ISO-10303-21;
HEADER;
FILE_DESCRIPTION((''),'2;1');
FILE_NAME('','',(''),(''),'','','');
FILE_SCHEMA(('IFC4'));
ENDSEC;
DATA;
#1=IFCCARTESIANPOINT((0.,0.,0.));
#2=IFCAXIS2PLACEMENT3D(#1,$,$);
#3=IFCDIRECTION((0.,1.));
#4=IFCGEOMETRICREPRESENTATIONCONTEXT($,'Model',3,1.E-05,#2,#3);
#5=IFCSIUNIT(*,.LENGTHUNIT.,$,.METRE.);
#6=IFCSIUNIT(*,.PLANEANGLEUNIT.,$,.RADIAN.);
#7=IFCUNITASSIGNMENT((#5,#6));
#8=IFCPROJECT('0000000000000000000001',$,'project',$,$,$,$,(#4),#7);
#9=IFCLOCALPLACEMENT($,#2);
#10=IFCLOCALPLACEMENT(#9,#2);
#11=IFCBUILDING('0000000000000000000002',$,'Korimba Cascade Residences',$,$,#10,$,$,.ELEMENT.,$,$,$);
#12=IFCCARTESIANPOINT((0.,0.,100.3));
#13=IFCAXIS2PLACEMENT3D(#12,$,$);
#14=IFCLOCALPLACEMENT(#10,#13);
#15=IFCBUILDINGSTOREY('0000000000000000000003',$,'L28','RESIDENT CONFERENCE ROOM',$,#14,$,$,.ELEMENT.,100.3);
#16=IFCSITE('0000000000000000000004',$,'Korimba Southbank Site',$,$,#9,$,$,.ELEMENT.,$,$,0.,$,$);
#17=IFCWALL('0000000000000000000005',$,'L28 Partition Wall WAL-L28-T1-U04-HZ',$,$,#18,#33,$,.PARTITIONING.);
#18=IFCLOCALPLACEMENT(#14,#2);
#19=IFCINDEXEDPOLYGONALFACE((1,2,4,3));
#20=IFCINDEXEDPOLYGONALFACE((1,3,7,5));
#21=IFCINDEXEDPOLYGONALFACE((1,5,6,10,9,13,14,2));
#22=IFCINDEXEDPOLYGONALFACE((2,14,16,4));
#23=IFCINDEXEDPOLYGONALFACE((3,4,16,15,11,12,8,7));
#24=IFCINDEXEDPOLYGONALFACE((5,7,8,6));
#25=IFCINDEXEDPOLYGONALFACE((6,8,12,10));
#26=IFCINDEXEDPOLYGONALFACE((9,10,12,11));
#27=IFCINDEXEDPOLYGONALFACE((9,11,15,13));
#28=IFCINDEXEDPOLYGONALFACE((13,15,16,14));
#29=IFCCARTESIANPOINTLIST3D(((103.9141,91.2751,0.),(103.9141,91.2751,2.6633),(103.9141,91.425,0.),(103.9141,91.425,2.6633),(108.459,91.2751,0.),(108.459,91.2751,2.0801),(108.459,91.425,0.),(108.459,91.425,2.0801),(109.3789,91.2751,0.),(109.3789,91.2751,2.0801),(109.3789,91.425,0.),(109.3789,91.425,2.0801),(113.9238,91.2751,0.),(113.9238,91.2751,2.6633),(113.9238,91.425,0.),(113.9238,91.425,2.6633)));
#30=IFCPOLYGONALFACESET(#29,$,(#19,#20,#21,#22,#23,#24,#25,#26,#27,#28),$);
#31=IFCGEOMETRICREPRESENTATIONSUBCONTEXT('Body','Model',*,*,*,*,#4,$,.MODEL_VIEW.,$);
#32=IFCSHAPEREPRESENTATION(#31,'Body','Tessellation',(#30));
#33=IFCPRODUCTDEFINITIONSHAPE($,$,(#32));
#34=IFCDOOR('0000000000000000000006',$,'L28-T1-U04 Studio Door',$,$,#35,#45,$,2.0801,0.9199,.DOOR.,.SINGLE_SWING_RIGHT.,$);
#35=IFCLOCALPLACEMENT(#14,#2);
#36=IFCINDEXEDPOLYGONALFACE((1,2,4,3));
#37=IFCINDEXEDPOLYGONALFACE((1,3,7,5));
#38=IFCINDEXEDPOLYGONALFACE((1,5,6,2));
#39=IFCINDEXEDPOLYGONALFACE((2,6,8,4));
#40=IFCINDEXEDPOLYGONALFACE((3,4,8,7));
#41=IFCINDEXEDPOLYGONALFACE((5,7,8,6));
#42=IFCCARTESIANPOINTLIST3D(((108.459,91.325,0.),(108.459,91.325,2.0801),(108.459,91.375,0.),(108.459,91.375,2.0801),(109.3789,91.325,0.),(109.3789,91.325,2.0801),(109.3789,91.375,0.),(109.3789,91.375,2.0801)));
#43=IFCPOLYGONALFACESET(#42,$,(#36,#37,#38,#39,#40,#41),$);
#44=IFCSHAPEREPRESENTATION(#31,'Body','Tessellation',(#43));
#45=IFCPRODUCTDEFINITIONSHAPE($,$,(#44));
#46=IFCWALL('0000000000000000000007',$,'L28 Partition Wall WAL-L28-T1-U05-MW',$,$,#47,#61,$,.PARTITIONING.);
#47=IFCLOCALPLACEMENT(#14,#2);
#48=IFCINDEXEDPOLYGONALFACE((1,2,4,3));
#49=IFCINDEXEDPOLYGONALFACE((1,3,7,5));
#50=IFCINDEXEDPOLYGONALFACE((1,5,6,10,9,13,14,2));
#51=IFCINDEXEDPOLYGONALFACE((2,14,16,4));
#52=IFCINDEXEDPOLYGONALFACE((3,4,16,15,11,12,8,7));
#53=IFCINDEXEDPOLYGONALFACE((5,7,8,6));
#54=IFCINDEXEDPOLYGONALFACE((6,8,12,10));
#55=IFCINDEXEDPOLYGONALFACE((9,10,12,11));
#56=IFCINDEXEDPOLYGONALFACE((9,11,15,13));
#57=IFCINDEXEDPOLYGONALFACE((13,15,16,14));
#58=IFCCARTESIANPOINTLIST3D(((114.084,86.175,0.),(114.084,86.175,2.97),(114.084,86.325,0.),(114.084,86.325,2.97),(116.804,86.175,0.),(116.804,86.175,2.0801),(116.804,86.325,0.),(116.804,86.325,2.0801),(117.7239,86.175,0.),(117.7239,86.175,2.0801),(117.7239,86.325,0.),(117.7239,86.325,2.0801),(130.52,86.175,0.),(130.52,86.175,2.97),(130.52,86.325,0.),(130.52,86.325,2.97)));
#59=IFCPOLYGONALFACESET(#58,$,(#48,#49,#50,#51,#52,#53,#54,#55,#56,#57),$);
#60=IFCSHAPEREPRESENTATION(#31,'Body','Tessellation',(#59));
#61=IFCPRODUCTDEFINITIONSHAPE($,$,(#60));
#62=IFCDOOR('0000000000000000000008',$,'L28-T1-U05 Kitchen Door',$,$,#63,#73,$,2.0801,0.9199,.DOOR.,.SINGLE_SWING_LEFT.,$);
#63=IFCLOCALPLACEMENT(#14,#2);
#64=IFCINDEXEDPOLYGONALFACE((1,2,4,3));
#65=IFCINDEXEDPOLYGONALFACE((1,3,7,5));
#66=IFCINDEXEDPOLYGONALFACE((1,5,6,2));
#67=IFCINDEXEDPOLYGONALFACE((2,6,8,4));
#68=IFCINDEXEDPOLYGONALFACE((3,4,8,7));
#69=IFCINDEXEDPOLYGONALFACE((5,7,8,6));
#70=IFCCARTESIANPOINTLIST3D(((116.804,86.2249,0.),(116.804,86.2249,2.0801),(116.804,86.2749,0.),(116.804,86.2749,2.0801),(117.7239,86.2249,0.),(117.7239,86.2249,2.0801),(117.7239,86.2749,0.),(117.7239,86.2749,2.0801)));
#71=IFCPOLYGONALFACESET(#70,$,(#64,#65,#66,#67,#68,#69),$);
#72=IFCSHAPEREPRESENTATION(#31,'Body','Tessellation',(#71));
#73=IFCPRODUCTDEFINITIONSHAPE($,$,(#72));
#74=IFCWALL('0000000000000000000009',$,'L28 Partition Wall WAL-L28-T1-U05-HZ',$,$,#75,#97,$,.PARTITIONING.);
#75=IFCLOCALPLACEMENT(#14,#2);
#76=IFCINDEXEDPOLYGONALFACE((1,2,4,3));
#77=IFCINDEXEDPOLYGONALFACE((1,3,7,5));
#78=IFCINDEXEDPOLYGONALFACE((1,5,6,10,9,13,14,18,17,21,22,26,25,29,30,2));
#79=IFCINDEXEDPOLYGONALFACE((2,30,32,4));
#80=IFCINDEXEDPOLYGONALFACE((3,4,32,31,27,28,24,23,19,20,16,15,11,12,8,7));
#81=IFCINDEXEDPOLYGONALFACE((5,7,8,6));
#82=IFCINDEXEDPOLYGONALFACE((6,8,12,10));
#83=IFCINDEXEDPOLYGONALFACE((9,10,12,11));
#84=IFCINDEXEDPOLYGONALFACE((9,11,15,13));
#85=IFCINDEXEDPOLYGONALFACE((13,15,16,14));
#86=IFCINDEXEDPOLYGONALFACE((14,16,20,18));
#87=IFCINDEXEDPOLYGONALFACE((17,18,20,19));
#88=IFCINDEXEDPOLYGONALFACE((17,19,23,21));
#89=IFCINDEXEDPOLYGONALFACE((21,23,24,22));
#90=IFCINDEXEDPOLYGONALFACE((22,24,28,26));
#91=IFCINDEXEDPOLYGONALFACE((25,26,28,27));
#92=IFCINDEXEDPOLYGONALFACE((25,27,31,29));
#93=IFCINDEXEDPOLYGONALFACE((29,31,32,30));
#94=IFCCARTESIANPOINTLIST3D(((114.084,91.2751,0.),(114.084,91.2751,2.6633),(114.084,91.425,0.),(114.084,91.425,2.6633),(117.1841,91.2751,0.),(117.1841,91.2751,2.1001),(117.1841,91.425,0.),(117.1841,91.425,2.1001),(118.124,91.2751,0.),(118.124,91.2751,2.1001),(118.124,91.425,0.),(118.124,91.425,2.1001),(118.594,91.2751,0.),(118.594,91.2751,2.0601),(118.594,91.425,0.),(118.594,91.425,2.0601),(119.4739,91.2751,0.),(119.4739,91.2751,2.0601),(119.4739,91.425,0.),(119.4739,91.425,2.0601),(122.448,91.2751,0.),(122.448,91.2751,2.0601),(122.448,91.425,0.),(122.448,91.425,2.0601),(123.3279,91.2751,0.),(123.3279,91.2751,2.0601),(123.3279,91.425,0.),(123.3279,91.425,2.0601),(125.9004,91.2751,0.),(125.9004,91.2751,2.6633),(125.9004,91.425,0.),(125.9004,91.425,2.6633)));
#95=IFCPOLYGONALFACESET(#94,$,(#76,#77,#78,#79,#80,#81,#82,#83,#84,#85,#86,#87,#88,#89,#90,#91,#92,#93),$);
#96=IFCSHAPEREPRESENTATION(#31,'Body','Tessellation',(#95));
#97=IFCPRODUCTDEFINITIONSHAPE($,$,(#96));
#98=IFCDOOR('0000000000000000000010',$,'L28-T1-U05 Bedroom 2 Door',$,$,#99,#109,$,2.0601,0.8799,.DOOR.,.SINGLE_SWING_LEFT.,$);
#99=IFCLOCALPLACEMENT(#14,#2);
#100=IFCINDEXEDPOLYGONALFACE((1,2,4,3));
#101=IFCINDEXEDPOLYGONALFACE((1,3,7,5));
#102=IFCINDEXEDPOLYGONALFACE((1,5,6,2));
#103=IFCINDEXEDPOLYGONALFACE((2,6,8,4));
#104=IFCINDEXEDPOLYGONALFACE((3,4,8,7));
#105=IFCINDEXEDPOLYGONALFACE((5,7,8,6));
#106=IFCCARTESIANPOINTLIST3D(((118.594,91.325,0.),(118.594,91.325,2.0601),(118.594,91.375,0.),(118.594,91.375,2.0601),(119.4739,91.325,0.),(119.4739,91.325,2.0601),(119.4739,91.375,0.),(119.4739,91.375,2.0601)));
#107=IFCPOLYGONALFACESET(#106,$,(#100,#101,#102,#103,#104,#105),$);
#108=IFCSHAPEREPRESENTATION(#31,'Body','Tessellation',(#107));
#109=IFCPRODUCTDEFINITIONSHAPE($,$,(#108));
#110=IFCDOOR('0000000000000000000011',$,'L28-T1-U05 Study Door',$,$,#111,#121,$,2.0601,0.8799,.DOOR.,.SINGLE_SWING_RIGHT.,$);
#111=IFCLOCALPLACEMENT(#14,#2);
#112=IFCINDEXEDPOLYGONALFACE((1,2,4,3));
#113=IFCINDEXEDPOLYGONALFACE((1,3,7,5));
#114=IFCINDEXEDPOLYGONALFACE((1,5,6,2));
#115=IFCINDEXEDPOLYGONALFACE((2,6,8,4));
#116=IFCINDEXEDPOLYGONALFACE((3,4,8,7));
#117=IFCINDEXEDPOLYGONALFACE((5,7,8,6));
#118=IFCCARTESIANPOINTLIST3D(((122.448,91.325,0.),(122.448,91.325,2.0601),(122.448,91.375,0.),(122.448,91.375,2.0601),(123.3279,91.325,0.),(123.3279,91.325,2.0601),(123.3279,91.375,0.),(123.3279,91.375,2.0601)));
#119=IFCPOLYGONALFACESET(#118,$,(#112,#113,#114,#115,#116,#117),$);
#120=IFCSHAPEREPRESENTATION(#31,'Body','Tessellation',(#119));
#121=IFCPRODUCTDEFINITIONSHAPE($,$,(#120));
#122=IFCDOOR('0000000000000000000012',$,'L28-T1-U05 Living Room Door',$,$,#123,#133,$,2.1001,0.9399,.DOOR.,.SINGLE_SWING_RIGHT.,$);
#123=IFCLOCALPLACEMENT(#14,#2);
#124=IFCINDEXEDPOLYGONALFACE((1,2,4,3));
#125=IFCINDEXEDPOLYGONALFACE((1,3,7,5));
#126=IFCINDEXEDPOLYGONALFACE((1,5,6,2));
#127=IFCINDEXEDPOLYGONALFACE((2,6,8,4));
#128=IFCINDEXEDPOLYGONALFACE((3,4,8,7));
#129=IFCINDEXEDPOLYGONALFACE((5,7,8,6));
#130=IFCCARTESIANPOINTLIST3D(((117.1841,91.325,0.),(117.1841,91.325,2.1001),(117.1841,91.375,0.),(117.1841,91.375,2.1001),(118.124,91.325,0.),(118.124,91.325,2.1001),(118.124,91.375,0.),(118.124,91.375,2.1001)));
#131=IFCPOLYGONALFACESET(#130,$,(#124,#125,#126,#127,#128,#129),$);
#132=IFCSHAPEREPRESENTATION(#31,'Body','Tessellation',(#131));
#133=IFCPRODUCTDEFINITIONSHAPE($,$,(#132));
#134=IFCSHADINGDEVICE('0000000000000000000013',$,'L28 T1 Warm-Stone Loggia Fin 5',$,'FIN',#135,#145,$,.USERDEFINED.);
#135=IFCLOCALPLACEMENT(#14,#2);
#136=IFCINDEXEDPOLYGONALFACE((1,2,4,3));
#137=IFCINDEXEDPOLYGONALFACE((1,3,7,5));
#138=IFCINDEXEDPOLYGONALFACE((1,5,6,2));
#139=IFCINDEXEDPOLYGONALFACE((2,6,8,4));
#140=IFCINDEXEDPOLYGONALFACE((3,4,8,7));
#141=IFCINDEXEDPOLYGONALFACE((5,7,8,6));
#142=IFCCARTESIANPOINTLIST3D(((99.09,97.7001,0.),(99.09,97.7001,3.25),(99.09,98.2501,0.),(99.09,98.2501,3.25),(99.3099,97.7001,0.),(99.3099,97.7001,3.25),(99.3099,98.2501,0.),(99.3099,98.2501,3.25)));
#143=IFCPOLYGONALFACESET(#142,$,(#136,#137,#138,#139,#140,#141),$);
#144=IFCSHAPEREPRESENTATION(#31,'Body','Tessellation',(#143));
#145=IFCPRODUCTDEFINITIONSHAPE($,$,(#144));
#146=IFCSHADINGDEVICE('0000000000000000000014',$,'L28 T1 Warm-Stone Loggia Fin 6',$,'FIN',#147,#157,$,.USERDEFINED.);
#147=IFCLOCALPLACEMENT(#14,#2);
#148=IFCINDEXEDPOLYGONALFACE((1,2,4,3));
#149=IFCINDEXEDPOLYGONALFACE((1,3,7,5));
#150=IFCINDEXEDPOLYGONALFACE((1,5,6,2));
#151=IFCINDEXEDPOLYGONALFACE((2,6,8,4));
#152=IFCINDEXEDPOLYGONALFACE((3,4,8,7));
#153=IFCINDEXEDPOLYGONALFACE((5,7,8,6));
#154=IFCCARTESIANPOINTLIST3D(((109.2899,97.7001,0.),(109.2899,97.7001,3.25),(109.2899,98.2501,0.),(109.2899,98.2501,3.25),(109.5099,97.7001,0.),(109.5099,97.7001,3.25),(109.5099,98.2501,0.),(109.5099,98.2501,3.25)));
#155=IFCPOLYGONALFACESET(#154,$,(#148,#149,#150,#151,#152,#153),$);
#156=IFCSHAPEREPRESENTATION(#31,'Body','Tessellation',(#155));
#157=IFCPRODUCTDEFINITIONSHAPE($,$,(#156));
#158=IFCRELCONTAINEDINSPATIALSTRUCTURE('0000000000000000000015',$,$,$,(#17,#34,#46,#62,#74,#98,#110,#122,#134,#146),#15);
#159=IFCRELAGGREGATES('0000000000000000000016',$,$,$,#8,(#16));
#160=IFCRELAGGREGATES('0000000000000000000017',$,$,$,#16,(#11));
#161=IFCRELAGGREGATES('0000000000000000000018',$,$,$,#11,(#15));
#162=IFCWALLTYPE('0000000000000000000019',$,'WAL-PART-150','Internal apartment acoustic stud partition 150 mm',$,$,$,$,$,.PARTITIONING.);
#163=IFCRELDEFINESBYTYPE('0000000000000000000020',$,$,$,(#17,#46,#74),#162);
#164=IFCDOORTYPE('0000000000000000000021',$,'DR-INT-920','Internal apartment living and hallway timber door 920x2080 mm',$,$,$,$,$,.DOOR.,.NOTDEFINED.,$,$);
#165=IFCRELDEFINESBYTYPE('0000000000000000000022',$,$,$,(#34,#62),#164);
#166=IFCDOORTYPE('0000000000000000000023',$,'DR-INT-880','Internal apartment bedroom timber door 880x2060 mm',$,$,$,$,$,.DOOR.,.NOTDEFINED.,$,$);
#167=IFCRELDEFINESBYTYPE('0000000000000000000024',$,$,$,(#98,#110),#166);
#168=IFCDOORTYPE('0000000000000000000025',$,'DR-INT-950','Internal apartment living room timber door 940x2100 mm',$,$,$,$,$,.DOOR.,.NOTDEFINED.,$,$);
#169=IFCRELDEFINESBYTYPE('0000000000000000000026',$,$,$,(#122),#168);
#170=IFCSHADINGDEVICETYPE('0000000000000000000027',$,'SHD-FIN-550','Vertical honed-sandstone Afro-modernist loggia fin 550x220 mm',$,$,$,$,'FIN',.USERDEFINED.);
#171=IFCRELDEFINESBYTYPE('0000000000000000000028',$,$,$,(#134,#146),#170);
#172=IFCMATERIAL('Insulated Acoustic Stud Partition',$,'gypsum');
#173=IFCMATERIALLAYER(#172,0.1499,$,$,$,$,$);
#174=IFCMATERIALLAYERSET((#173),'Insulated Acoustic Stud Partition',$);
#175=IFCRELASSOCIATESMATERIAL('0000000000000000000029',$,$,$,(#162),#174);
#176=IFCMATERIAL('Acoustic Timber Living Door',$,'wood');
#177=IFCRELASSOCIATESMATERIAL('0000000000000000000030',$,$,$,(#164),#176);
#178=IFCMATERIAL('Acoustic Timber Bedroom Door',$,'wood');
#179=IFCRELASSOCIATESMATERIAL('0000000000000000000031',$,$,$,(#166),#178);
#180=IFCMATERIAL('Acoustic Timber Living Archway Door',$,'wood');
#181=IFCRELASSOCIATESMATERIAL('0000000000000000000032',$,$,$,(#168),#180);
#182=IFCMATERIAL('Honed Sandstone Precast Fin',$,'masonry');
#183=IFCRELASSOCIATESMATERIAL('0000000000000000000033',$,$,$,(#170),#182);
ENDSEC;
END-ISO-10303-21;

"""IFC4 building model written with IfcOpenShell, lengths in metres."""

from ifc_helpers import new_model, si_unit, direction, frame, frame_2d, origin, origin_2d, place, context, subcontext, project, spatial, rectangle, extrude, material, layer, layer_set, type_object, element, fill, save


model = new_model("IFC4")

# Units and contexts
model_context = context("Model", 3, precision=1e-05, world=origin(), true_north=direction((0.0, 1.0)))
body_context = subcontext(model_context, "Body", "Model", "MODEL_VIEW")
ifc_project = project(units=[si_unit("LENGTHUNIT", "METRE"), si_unit("PLANEANGLEUNIT", "RADIAN")], contexts=[model_context])

# Site, building, storey
site_placement = place(None, origin())
site = spatial("IfcSite", under=ifc_project, at=site_placement, Name="Korimba Southbank Site", CompositionType="ELEMENT", RefElevation=0.0)
building_placement = place(site_placement, origin())
building = spatial("IfcBuilding", under=site, at=building_placement, Name="Korimba Cascade Residences", CompositionType="ELEMENT")
storey_placement = place(building_placement, frame((0.0, 0.0, 100.3)))
storey = spatial("IfcBuildingStorey", under=building, at=storey_placement, Name="L28", Description="RESIDENT CONFERENCE ROOM", CompositionType="ELEMENT", Elevation=100.3)

# Walls, openings, doors
ifc_material_1 = material(Name="Insulated Acoustic Stud Partition", Category="gypsum")
ifc_layer = layer(ifc_material_1, 0.1499)
ifc_layer_set = layer_set([ifc_layer], Name="Insulated Acoustic Stud Partition")
wall_type = type_object("IfcWallType", Name="WAL-PART-150", Description="Internal apartment acoustic stud partition 150 mm", PredefinedType="PARTITIONING", material=ifc_layer_set)
wall_1_placement = place(storey_placement, frame((103.9141, 91.3501, 0.0), z_axis=(0.0, 0.0, 1.0), x_axis=(1.0, 0.0, 0.0)))
wall_1 = element("IfcWall", 1, at=wall_1_placement, inside=storey, type_object=wall_type, Name="L28 Partition Wall WAL-L28-T1-U04-HZ", PredefinedType="PARTITIONING", context=body_context, shape_type="SweptSolid", body=[
    extrude(rectangle(XDim=10.0098, YDim=0.1499, at=frame_2d((5.0049, 0.0))), origin(), (0.0, 0.0, 1.0), 2.6633),
])
opening_1_placement = place(wall_1_placement, frame((4.5449, 0.0, 0.0)))
opening_1 = element("IfcOpeningElement", 2, at=opening_1_placement, cuts=wall_1, PredefinedType="OPENING", context=body_context, shape_type="SweptSolid", body=[
    extrude(rectangle(XDim=0.9199, YDim=2.0801, at=frame_2d((0.46, 1.04))), frame((0.0, 0.085, 0.0), z_axis=(0.0, -1.0, 0.0), x_axis=(1.0, 0.0, 0.0)), (0.0, 0.0, 1.0), 0.1699),
])
ifc_material_2 = material(Name="Acoustic Timber Living Door", Category="wood")
door_type_1 = type_object("IfcDoorType", Name="DR-INT-920", Description="Internal apartment living and hallway timber door 920x2080 mm", OperationType="NOTDEFINED", PredefinedType="DOOR", material=ifc_material_2)
door_1_placement = place(opening_1_placement, origin())
door_1 = element("IfcDoor", 3, at=door_1_placement, inside=storey, type_object=door_type_1, Name="L28-T1-U04 Studio Door", OperationType="SINGLE_SWING_RIGHT", OverallHeight=2.0801, OverallWidth=0.9199, PredefinedType="DOOR", context=body_context, shape_type="SweptSolid", body=[
    extrude(rectangle(XDim=0.9199, YDim=2.0801, at=frame_2d((0.46, 1.04))), frame((0.0, 0.0249, 0.0), z_axis=(0.0, -1.0, 0.0), x_axis=(1.0, 0.0, 0.0)), (0.0, 0.0, 1.0), 0.05),
])
fill(opening_1, door_1)
wall_2_placement = place(storey_placement, frame((114.084, 86.25, 0.0), z_axis=(0.0, 0.0, 1.0), x_axis=(1.0, 0.0, 0.0)))
wall_2 = element("IfcWall", 4, at=wall_2_placement, inside=storey, type_object=wall_type, Name="L28 Partition Wall WAL-L28-T1-U05-MW", PredefinedType="PARTITIONING", context=body_context, shape_type="SweptSolid", body=[
    extrude(rectangle(XDim=16.436, YDim=0.1499, at=frame_2d((8.218, 0.0))), origin(), (0.0, 0.0, 1.0), 2.97),
])
opening_2_placement = place(wall_2_placement, frame((2.72, 0.0, 0.0)))
opening_2 = element("IfcOpeningElement", 5, at=opening_2_placement, cuts=wall_2, PredefinedType="OPENING", context=body_context, shape_type="SweptSolid", body=[
    extrude(rectangle(XDim=0.9199, YDim=2.0801, at=frame_2d((0.46, 1.04))), frame((0.0, 0.085, 0.0), z_axis=(0.0, -1.0, 0.0), x_axis=(1.0, 0.0, 0.0)), (0.0, 0.0, 1.0), 0.1699),
])
door_2_placement = place(opening_2_placement, origin())
door_2 = element("IfcDoor", 6, at=door_2_placement, inside=storey, type_object=door_type_1, Name="L28-T1-U05 Kitchen Door", OperationType="SINGLE_SWING_LEFT", OverallHeight=2.0801, OverallWidth=0.9199, PredefinedType="DOOR", context=body_context, shape_type="SweptSolid", body=[
    extrude(rectangle(XDim=0.9199, YDim=2.0801, at=frame_2d((0.46, 1.04))), frame((0.0, 0.0249, 0.0), z_axis=(0.0, -1.0, 0.0), x_axis=(1.0, 0.0, 0.0)), (0.0, 0.0, 1.0), 0.05),
])
fill(opening_2, door_2)

# Wall, openings, doors
wall_3_placement = place(storey_placement, frame((114.084, 91.3501, 0.0), z_axis=(0.0, 0.0, 1.0), x_axis=(1.0, 0.0, 0.0)))
wall_3 = element("IfcWall", 7, at=wall_3_placement, inside=storey, type_object=wall_type, Name="L28 Partition Wall WAL-L28-T1-U05-HZ", PredefinedType="PARTITIONING", context=body_context, shape_type="SweptSolid", body=[
    extrude(rectangle(XDim=11.8164, YDim=0.1499, at=frame_2d((5.9082, 0.0))), origin(), (0.0, 0.0, 1.0), 2.6633),
])
opening_3_placement = place(wall_3_placement, frame((3.1001, 0.0, 0.0)))
opening_3 = element("IfcOpeningElement", 8, at=opening_3_placement, cuts=wall_3, PredefinedType="OPENING", context=body_context, shape_type="SweptSolid", body=[
    extrude(rectangle(XDim=0.9399, YDim=2.1001, at=frame_2d((0.47, 1.05))), frame((0.0, 0.085, 0.0), z_axis=(0.0, -1.0, 0.0), x_axis=(1.0, 0.0, 0.0)), (0.0, 0.0, 1.0), 0.1699),
])
opening_4_placement = place(wall_3_placement, frame((4.51, 0.0, 0.0)))
opening_4 = element("IfcOpeningElement", 9, at=opening_4_placement, cuts=wall_3, PredefinedType="OPENING", context=body_context, shape_type="SweptSolid", body=[
    extrude(rectangle(XDim=0.8799, YDim=2.0601, at=frame_2d((0.4399, 1.03))), frame((0.0, 0.085, 0.0), z_axis=(0.0, -1.0, 0.0), x_axis=(1.0, 0.0, 0.0)), (0.0, 0.0, 1.0), 0.1699),
])
opening_5_placement = place(wall_3_placement, frame((8.364, 0.0, 0.0)))
opening_5 = element("IfcOpeningElement", 10, at=opening_5_placement, cuts=wall_3, PredefinedType="OPENING", context=body_context, shape_type="SweptSolid", body=[
    extrude(rectangle(XDim=0.8799, YDim=2.0601, at=frame_2d((0.4399, 1.03))), frame((0.0, 0.085, 0.0), z_axis=(0.0, -1.0, 0.0), x_axis=(1.0, 0.0, 0.0)), (0.0, 0.0, 1.0), 0.1699),
])
ifc_material_3 = material(Name="Acoustic Timber Bedroom Door", Category="wood")
door_type_2 = type_object("IfcDoorType", Name="DR-INT-880", Description="Internal apartment bedroom timber door 880x2060 mm", OperationType="NOTDEFINED", PredefinedType="DOOR", material=ifc_material_3)
door_3_placement = place(opening_4_placement, origin())
door_3 = element("IfcDoor", 11, at=door_3_placement, inside=storey, type_object=door_type_2, Name="L28-T1-U05 Bedroom 2 Door", OperationType="SINGLE_SWING_LEFT", OverallHeight=2.0601, OverallWidth=0.8799, PredefinedType="DOOR", context=body_context, shape_type="SweptSolid", body=[
    extrude(rectangle(XDim=0.8799, YDim=2.0601, at=frame_2d((0.4399, 1.03))), frame((0.0, 0.0249, 0.0), z_axis=(0.0, -1.0, 0.0), x_axis=(1.0, 0.0, 0.0)), (0.0, 0.0, 1.0), 0.05),
])
fill(opening_4, door_3)
door_4_placement = place(opening_5_placement, origin())
door_4 = element("IfcDoor", 12, at=door_4_placement, inside=storey, type_object=door_type_2, Name="L28-T1-U05 Study Door", OperationType="SINGLE_SWING_RIGHT", OverallHeight=2.0601, OverallWidth=0.8799, PredefinedType="DOOR", context=body_context, shape_type="SweptSolid", body=[
    extrude(rectangle(XDim=0.8799, YDim=2.0601, at=frame_2d((0.4399, 1.03))), frame((0.0, 0.0249, 0.0), z_axis=(0.0, -1.0, 0.0), x_axis=(1.0, 0.0, 0.0)), (0.0, 0.0, 1.0), 0.05),
])
fill(opening_5, door_4)
ifc_material_4 = material(Name="Acoustic Timber Living Archway Door", Category="wood")
door_type_3 = type_object("IfcDoorType", Name="DR-INT-950", Description="Internal apartment living room timber door 940x2100 mm", OperationType="NOTDEFINED", PredefinedType="DOOR", material=ifc_material_4)
door_5_placement = place(opening_3_placement, origin())
door_5 = element("IfcDoor", 13, at=door_5_placement, inside=storey, type_object=door_type_3, Name="L28-T1-U05 Living Room Door", OperationType="SINGLE_SWING_RIGHT", OverallHeight=2.1001, OverallWidth=0.9399, PredefinedType="DOOR", context=body_context, shape_type="SweptSolid", body=[
    extrude(rectangle(XDim=0.9399, YDim=2.1001, at=frame_2d((0.47, 1.05))), frame((0.0, 0.0249, 0.0), z_axis=(0.0, -1.0, 0.0), x_axis=(1.0, 0.0, 0.0)), (0.0, 0.0, 1.0), 0.05),
])
fill(opening_3, door_5)

# Shading devices
ifc_material_5 = material(Name="Honed Sandstone Precast Fin", Category="masonry")
shading_device_type = type_object("IfcShadingDeviceType", Name="SHD-FIN-550", Description="Vertical honed-sandstone Afro-modernist loggia fin 550x220 mm", ElementType="FIN", PredefinedType="USERDEFINED", material=ifc_material_5)
for number, where, z_axis, x_axis, name in (
    (14, (99.2, 97.9751, 0.0), (0.0, 0.0, 1.0), (1.0, 0.0, 0.0), "L28 T1 Warm-Stone Loggia Fin 5"),
    (15, (109.3999, 97.9751, 0.0), (0.0, 0.0, 1.0), (1.0, 0.0, 0.0), "L28 T1 Warm-Stone Loggia Fin 6"),
):
    element("IfcShadingDevice", number, at=place(storey_placement, frame(where, z_axis=z_axis, x_axis=x_axis)), inside=storey, type_object=shading_device_type, Name=name, ObjectType="FIN", PredefinedType="USERDEFINED", context=body_context, shape_type="SweptSolid", body=[
        extrude(rectangle(XDim=0.22, YDim=0.55, at=origin_2d()), origin(), (0.0, 0.0, 1.0), 3.25),
    ])

save(model, "model.ifc")
